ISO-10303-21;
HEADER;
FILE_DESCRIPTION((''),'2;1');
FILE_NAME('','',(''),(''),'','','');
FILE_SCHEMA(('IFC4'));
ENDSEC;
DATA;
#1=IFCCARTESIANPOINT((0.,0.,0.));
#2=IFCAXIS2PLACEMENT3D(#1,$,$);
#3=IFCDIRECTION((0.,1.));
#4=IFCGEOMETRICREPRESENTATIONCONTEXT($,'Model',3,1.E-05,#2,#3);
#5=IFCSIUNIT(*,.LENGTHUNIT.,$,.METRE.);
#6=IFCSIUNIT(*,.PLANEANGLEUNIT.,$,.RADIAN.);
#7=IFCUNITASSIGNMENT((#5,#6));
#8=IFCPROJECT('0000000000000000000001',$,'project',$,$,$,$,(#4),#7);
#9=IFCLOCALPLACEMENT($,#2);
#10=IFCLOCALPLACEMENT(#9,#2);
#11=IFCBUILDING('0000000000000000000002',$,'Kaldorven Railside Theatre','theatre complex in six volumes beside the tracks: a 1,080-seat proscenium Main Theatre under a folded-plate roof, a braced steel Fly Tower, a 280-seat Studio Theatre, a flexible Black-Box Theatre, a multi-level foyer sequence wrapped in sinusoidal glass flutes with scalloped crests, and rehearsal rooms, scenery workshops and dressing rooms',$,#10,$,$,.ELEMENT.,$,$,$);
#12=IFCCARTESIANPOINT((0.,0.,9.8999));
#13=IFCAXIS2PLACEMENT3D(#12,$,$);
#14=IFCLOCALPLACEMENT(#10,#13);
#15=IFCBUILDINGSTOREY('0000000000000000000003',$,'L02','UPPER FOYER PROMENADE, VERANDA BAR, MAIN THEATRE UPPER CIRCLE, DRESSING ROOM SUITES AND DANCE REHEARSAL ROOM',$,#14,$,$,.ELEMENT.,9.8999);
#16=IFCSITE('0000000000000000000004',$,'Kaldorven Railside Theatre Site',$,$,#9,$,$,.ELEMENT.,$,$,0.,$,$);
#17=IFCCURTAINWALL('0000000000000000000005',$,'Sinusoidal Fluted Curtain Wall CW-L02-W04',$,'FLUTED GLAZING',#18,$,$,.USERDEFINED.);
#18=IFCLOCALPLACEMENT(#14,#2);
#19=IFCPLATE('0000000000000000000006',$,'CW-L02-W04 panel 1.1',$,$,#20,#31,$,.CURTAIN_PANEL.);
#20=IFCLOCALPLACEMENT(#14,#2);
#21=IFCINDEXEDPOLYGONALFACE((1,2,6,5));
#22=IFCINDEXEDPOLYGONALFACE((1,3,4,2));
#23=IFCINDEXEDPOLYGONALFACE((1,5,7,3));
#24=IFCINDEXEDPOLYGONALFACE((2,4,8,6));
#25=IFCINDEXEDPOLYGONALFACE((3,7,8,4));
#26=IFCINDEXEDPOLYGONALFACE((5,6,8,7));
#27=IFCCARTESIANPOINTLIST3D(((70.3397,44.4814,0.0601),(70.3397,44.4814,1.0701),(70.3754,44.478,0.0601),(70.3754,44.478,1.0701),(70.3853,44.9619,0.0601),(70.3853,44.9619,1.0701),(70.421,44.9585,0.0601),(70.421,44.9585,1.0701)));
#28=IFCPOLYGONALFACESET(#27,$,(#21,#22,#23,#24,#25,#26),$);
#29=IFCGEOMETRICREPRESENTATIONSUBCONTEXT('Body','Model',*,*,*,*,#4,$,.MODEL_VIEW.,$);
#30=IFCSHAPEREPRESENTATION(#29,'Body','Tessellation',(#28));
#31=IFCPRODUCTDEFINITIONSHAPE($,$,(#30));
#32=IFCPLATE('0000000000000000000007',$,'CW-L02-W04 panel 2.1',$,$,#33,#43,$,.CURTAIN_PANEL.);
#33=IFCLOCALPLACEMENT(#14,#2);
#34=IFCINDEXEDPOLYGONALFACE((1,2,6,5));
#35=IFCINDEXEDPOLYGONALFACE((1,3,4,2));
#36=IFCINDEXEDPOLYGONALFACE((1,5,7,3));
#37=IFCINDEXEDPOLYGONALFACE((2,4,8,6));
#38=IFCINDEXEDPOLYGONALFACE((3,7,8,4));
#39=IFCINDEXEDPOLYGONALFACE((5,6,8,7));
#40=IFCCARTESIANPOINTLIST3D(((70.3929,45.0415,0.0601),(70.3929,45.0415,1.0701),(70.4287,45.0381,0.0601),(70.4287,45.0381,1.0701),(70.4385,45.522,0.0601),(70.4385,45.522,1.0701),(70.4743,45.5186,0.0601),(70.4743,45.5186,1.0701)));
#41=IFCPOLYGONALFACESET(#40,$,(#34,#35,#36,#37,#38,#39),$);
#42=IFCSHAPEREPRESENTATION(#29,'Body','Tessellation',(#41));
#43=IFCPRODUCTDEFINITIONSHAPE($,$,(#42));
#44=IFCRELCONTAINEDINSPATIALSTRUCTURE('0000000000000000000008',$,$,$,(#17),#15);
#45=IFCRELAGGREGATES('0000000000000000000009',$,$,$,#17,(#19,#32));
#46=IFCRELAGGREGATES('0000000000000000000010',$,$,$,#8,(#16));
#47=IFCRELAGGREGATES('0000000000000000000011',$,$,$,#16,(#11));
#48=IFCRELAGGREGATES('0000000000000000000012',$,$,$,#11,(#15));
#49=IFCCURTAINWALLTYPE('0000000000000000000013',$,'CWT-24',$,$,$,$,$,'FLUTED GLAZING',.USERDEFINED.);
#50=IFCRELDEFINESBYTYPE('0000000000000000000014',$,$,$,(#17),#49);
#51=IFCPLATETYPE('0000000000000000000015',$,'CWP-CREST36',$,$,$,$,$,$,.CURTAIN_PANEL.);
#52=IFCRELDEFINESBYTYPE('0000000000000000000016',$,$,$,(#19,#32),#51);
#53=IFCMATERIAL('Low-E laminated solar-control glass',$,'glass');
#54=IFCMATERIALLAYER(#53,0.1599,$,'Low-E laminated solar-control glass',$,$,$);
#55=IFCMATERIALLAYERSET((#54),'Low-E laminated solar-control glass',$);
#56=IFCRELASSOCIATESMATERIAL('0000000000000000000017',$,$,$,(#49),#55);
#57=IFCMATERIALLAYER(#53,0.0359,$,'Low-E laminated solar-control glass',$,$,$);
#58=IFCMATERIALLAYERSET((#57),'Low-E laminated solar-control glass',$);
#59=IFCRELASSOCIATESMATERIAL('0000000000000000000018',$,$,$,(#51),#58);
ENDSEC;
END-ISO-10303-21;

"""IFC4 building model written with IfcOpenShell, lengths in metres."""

from ifc_helpers import new_model, si_unit, direction, frame, origin, origin_2d, place, context, subcontext, project, spatial, rectangle, extrude, material, layer, layer_set, type_object, element, aggregate, save


model = new_model("IFC4")

# Units and contexts
model_context = context("Model", 3, precision=1e-05, world=origin(), true_north=direction((0.0, 1.0)))
body_context = subcontext(model_context, "Body", "Model", "MODEL_VIEW")
ifc_project = project(units=[si_unit("LENGTHUNIT", "METRE"), si_unit("PLANEANGLEUNIT", "RADIAN")], contexts=[model_context])

# Site, building, storey
site_placement = place(None, origin())
site = spatial("IfcSite", under=ifc_project, at=site_placement, Name="Kaldorven Railside Theatre Site", CompositionType="ELEMENT", RefElevation=0.0)
building_placement = place(site_placement, origin())
building = spatial("IfcBuilding", under=site, at=building_placement, Name="Kaldorven Railside Theatre", Description="theatre complex in six volumes beside the tracks: a 1,080-seat proscenium Main Theatre under a folded-plate roof, a braced steel Fly Tower, a 280-seat Studio Theatre, a flexible Black-Box Theatre, a multi-level foyer sequence wrapped in sinusoidal glass flutes with scalloped crests, and rehearsal rooms, scenery workshops and dressing rooms", CompositionType="ELEMENT")
storey_placement = place(building_placement, frame((0.0, 0.0, 9.8999)))
storey = spatial("IfcBuildingStorey", under=building, at=storey_placement, Name="L02", Description="UPPER FOYER PROMENADE, VERANDA BAR, MAIN THEATRE UPPER CIRCLE, DRESSING ROOM SUITES AND DANCE REHEARSAL ROOM", CompositionType="ELEMENT", Elevation=9.8999)

# Shared definitions
ifc_material_1 = material(Name="Low-E laminated solar-control glass", Category="glass")

# Curtain wall
ifc_layer_1 = layer(ifc_material_1, 0.1599, Name="Low-E laminated solar-control glass")
ifc_layer_set_1 = layer_set([ifc_layer_1], Name="Low-E laminated solar-control glass")
curtain_wall_type_1 = type_object("IfcCurtainWallType", Name="CWT-24", ElementType="FLUTED GLAZING", PredefinedType="USERDEFINED", material=ifc_layer_set_1)
curtain_wall_1_placement = place(storey_placement, origin())
curtain_wall_1 = element("IfcCurtainWall", 1, at=curtain_wall_1_placement, inside=storey, type_object=curtain_wall_type_1, Name="Sinusoidal Fluted Curtain Wall CW-L02-W04", ObjectType="FLUTED GLAZING", PredefinedType="USERDEFINED")

# Plates
ifc_layer_2 = layer(ifc_material_1, 0.0359, Name="Low-E laminated solar-control glass")
ifc_layer_set_2 = layer_set([ifc_layer_2], Name="Low-E laminated solar-control glass")
plate_type = type_object("IfcPlateType", Name="CWP-CREST36", PredefinedType="CURTAIN_PANEL", material=ifc_layer_set_2)
plate_1_placement = place(storey_placement, frame((70.3804, 44.72, 0.0601), z_axis=(0.0, 0.0, 1.0), x_axis=(0.094492, 0.995526, 0.0)))
plate_1 = element("IfcPlate", 2, at=plate_1_placement, type_object=plate_type, Name="CW-L02-W04 panel 1.1", PredefinedType="CURTAIN_PANEL", context=body_context, shape_type="SweptSolid", body=[
    extrude(rectangle(XDim=0.4827, YDim=0.0359, at=origin_2d()), origin(), (0.0, 0.0, 1.0), 1.01),
])
plate_2_placement = place(storey_placement, frame((70.4336, 45.28, 0.0601), z_axis=(0.0, 0.0, 1.0), x_axis=(0.094492, 0.995526, 0.0)))
plate_2 = element("IfcPlate", 3, at=plate_2_placement, type_object=plate_type, Name="CW-L02-W04 panel 2.1", PredefinedType="CURTAIN_PANEL", context=body_context, shape_type="SweptSolid", body=[
    extrude(rectangle(XDim=0.4827, YDim=0.0359, at=origin_2d()), origin(), (0.0, 0.0, 1.0), 1.01),
])
aggregate(curtain_wall_1, [plate_1, plate_2])

save(model, "model.ifc")
